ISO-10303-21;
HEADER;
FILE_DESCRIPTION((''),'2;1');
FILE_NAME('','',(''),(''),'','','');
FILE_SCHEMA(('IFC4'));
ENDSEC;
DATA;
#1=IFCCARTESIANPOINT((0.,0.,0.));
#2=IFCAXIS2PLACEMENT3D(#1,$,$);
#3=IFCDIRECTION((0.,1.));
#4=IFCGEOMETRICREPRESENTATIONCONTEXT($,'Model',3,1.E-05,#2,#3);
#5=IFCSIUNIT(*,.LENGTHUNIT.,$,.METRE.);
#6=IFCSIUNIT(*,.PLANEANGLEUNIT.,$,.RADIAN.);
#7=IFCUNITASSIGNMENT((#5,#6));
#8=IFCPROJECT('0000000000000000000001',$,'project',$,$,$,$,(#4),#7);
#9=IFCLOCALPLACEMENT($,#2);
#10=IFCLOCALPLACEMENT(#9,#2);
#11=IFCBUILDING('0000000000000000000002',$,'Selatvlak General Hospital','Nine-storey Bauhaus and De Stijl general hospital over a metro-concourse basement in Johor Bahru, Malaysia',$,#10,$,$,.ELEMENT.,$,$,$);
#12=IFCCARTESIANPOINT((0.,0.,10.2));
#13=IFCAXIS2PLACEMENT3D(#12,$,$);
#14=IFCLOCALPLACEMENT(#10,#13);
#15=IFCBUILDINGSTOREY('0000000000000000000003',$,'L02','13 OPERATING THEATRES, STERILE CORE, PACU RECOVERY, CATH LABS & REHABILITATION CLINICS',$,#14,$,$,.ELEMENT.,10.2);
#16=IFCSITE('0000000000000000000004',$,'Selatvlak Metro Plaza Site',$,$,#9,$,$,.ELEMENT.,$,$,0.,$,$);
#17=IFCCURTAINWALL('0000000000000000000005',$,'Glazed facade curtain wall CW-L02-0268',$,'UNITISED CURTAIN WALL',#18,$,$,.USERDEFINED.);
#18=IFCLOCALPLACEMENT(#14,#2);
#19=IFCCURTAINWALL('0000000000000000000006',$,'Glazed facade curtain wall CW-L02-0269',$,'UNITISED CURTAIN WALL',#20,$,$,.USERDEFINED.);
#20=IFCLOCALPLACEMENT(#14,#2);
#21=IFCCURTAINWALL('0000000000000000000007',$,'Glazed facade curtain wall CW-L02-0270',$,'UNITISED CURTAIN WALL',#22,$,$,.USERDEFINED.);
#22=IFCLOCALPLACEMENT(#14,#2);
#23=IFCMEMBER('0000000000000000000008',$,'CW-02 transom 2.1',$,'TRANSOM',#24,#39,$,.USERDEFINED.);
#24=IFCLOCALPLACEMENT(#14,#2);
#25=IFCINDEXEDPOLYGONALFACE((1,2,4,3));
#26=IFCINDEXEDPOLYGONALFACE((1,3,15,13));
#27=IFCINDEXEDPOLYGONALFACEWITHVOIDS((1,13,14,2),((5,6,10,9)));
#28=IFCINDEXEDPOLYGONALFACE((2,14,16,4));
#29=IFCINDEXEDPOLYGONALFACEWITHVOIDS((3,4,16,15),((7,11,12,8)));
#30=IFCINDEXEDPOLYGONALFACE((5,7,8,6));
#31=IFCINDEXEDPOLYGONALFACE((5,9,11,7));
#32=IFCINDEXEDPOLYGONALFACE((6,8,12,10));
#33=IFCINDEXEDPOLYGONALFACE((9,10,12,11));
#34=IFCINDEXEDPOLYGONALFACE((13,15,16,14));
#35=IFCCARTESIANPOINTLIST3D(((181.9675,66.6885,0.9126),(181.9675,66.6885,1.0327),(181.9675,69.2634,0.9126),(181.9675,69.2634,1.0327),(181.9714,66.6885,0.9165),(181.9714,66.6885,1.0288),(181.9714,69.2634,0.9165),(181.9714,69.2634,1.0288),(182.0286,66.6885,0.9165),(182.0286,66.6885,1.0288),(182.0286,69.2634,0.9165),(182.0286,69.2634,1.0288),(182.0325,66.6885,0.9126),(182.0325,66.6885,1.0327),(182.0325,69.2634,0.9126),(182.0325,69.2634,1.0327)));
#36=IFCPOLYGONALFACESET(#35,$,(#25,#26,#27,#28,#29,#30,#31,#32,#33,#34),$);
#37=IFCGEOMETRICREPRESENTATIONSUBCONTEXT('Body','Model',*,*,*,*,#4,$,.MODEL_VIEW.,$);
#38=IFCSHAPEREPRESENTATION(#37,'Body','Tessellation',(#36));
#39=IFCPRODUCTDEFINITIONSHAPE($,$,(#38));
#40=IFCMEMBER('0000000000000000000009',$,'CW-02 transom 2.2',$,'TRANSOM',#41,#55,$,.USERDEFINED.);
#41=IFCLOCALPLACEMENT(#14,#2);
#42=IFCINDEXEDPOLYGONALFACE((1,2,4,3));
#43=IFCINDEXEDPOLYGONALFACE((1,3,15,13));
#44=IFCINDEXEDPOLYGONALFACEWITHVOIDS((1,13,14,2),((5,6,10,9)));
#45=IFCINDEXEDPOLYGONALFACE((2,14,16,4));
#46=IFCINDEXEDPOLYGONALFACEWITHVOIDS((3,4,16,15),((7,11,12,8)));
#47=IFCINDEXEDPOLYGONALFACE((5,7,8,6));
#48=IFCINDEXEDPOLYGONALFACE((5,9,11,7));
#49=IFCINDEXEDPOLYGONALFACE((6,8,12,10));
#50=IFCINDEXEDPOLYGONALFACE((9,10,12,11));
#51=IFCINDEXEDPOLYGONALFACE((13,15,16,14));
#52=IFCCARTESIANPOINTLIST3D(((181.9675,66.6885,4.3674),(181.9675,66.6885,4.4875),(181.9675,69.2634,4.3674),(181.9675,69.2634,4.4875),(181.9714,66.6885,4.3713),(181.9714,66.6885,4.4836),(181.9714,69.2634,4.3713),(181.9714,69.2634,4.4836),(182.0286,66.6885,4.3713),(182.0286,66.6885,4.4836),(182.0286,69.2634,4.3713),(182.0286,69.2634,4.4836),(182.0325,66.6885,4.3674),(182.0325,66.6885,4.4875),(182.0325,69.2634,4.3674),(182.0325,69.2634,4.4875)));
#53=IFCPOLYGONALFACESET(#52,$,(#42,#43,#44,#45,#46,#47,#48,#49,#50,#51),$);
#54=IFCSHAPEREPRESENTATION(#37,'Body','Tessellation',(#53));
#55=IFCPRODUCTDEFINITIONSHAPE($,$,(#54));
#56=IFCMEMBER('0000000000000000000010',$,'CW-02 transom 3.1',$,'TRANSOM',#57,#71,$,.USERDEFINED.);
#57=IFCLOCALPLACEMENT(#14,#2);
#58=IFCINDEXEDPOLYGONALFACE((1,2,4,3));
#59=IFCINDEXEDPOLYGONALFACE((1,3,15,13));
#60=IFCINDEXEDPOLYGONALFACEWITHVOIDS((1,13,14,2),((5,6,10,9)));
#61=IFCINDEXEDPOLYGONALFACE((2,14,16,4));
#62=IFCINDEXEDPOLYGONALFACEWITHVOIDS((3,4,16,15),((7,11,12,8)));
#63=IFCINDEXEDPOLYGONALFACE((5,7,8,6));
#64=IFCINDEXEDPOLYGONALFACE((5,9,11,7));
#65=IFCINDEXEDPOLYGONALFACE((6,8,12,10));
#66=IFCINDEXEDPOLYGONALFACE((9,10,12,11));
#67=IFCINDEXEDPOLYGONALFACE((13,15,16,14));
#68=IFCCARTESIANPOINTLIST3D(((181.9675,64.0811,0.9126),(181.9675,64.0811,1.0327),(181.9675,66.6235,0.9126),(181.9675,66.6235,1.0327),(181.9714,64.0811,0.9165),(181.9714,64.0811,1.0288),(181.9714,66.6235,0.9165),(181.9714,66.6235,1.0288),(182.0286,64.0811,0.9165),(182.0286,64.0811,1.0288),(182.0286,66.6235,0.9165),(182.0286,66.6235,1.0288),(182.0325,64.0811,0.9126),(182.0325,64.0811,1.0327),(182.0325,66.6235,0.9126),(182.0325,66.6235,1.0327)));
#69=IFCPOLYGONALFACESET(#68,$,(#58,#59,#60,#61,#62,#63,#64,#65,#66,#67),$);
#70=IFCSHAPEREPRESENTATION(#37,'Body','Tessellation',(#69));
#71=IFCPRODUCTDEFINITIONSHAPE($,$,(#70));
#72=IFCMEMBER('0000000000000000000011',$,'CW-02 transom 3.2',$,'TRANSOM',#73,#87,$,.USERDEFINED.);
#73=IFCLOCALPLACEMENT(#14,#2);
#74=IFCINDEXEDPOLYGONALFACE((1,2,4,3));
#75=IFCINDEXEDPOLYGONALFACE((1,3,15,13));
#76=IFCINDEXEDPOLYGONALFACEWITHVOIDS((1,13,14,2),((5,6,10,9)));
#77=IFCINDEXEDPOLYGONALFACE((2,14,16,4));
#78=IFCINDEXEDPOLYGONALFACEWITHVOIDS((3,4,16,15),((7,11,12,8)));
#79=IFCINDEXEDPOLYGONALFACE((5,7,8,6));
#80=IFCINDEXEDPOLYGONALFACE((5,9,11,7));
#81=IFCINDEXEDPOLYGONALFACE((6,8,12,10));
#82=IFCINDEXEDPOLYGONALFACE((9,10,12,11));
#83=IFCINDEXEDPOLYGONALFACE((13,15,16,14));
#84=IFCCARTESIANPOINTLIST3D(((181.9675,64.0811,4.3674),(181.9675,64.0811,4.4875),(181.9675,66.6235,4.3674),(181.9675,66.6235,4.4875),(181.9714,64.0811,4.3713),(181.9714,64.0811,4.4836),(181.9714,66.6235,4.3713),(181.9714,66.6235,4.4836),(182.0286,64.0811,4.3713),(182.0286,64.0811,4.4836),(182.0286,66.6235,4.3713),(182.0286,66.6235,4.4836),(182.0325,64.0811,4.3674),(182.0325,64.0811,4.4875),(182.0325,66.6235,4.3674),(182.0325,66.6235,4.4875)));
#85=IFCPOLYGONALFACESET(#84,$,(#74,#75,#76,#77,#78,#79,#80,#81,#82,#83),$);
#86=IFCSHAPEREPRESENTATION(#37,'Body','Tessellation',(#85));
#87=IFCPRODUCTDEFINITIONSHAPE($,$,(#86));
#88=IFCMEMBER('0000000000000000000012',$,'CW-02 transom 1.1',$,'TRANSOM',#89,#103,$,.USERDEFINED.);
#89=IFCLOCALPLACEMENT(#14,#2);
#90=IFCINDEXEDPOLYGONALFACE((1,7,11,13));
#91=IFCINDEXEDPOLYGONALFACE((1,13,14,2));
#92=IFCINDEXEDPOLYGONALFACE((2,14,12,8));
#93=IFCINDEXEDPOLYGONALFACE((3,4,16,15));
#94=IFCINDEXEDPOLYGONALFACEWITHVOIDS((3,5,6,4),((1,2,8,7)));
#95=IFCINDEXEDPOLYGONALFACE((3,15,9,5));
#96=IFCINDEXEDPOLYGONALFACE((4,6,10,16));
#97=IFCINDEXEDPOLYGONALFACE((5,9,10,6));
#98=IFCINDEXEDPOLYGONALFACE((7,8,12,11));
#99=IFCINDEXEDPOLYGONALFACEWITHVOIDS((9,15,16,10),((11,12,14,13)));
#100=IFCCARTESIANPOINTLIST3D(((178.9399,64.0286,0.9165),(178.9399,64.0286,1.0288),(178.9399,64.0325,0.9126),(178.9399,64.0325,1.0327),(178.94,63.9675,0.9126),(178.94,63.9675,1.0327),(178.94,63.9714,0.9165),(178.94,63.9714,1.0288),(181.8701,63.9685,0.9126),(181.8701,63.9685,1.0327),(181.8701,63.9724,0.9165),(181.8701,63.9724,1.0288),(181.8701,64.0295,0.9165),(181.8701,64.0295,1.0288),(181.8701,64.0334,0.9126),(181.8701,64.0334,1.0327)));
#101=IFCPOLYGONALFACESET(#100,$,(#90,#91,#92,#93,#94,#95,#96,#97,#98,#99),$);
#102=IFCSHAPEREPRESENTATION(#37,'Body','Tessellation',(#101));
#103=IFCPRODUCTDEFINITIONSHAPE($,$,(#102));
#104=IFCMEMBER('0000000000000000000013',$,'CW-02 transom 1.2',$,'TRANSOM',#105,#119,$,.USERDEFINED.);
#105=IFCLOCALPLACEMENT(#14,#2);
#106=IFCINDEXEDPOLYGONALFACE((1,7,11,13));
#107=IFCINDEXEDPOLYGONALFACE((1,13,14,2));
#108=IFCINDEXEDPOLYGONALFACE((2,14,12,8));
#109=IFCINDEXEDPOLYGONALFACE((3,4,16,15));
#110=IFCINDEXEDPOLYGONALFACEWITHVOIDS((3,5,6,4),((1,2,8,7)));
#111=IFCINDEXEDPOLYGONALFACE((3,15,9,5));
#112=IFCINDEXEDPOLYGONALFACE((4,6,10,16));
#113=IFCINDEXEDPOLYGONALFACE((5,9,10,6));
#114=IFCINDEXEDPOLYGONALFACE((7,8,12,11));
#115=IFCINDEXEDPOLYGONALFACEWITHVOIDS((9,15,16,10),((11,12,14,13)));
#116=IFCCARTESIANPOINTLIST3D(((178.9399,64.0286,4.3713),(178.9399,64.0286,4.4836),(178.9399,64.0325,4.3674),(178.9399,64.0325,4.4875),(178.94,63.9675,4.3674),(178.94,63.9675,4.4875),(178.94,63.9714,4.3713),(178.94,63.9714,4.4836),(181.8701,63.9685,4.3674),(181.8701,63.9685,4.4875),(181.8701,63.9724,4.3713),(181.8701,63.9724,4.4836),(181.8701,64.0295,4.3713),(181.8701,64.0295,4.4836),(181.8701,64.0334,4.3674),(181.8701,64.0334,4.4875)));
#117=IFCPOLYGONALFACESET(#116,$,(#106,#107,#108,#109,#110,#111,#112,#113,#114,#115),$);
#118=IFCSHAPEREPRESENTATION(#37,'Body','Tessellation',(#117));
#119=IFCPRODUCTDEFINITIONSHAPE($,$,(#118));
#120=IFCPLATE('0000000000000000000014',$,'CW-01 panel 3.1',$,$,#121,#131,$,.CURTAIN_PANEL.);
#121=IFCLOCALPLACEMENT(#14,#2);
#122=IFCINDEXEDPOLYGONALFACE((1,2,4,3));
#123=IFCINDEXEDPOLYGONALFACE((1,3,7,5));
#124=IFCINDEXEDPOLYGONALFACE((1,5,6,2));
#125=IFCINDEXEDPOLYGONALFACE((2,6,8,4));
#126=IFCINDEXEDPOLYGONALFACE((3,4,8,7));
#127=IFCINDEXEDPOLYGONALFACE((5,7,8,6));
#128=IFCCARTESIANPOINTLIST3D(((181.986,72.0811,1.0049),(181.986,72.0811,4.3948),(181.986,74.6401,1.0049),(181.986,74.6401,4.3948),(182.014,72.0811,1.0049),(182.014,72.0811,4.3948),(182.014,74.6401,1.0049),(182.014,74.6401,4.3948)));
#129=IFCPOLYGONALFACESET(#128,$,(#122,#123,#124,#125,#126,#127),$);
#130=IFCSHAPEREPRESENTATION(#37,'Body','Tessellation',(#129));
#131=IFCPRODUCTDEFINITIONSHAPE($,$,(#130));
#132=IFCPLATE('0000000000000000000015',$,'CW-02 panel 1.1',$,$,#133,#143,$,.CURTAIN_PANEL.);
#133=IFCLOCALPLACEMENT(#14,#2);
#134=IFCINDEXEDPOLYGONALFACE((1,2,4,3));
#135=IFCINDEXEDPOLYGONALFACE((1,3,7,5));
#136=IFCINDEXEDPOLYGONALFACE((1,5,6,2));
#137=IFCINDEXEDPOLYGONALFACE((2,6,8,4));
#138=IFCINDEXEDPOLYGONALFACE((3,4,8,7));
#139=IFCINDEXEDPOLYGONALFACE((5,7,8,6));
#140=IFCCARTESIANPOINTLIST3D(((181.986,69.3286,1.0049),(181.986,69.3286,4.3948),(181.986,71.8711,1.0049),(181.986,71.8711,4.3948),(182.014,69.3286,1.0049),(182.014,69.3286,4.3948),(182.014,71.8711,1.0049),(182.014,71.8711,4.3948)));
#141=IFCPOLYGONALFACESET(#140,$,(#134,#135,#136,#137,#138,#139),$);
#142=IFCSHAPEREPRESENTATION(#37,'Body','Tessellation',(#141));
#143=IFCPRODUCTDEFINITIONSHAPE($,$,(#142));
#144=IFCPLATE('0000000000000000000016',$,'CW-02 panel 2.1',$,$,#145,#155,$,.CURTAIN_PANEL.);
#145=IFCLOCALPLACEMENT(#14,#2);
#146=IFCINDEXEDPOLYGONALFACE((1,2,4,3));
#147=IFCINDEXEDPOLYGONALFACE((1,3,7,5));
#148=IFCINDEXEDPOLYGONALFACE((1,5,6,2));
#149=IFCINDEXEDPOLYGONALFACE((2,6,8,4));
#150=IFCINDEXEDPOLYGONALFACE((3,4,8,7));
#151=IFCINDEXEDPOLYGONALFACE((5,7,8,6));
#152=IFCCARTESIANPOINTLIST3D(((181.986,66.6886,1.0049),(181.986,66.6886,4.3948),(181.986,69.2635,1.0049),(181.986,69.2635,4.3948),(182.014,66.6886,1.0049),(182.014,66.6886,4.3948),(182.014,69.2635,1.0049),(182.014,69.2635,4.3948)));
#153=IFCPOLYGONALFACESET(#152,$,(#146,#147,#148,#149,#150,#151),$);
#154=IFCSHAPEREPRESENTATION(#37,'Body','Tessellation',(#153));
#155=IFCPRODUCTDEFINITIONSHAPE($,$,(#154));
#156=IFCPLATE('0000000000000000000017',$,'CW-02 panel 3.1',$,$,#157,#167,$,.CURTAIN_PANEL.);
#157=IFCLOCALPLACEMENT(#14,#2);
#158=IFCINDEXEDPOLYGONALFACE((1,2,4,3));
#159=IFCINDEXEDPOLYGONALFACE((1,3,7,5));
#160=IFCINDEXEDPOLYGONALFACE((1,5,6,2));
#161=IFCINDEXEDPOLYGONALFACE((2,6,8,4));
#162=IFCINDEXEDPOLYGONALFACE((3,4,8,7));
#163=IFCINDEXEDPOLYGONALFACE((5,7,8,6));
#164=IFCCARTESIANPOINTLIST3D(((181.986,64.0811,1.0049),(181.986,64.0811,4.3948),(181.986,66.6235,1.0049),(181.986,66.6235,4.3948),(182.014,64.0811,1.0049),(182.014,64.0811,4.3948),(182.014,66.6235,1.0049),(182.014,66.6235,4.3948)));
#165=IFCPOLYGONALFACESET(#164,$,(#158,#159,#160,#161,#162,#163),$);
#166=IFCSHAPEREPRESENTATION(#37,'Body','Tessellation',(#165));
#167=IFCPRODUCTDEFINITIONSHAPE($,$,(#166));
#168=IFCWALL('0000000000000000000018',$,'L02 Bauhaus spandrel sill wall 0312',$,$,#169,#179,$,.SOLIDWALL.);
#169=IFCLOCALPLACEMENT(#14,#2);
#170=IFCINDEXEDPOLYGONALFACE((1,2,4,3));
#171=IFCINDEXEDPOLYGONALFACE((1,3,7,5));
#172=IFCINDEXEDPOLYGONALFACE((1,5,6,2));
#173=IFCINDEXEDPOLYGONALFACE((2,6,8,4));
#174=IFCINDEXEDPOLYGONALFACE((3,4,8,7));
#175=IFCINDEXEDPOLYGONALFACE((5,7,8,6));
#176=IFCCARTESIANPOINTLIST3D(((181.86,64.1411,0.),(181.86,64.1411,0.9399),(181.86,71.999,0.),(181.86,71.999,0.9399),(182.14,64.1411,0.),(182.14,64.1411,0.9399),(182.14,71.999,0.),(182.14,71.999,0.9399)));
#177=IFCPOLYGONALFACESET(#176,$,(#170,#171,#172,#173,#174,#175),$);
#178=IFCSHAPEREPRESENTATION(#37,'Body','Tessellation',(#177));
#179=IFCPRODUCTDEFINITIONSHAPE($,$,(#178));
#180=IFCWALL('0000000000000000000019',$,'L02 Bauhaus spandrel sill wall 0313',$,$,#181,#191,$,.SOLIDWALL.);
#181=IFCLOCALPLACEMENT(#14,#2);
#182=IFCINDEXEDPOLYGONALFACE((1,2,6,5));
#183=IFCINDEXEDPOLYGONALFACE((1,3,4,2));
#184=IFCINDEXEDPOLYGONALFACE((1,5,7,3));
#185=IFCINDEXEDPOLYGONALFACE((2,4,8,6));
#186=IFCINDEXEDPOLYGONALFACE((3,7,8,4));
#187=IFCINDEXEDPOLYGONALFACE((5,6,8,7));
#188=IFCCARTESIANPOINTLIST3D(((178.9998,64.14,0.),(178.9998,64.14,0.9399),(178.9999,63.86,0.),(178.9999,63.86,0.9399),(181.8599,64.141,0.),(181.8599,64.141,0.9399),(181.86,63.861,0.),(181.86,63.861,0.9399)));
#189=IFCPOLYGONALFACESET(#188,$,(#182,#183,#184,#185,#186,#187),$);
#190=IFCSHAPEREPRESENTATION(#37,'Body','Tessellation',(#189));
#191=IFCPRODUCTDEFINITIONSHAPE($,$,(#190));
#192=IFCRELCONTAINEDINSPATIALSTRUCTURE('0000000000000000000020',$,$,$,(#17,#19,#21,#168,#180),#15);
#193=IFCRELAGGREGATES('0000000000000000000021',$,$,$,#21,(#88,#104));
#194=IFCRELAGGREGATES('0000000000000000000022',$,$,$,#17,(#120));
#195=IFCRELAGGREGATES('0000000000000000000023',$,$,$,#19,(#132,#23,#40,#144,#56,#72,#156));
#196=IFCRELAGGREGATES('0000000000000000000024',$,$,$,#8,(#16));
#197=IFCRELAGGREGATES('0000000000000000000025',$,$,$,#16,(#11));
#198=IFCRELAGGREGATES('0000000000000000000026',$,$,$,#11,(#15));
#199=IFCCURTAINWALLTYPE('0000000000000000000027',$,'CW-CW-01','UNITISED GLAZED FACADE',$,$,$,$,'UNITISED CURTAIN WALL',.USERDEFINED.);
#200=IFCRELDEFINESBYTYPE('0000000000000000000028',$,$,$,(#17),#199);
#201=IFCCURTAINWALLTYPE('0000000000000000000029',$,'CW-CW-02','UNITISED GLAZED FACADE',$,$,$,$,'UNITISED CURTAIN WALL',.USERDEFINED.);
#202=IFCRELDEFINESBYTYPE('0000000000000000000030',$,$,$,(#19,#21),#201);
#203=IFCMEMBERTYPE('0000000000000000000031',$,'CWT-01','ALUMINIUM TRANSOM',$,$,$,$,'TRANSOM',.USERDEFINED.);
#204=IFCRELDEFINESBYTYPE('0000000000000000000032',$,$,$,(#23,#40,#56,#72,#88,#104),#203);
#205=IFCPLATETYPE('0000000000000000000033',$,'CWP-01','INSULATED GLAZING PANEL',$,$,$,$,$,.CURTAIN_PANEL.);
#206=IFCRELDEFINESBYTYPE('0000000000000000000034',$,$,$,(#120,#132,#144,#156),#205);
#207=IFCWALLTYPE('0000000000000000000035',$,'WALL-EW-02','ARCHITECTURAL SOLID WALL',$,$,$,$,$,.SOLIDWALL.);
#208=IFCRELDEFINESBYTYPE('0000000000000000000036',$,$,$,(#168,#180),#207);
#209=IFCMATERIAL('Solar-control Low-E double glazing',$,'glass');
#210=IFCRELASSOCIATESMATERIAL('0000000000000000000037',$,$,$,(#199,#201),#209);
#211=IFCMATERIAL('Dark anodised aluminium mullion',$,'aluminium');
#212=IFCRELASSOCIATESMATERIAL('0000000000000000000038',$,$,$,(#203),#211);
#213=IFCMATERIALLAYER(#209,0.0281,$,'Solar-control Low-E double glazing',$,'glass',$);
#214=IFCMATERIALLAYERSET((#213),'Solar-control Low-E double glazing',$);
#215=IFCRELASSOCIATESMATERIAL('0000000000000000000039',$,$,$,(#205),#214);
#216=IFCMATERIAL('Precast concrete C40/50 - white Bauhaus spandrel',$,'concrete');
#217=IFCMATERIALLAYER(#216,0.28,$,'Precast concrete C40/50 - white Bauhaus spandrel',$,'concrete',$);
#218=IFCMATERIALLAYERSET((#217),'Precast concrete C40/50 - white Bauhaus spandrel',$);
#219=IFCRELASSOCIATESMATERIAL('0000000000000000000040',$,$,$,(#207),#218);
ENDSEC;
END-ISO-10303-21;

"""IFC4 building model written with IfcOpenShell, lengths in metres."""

from ifc_helpers import new_model, si_unit, direction, frame, frame_2d, origin, origin_2d, place, context, subcontext, project, spatial, rectangle, hollow_rectangle, extrude, material, layer, layer_set, material_profile, profile_set, type_object, element, aggregate, save


model = new_model("IFC4")

# Units and contexts
model_context = context("Model", 3, precision=1e-05, world=origin(), true_north=direction((0.0, 1.0)))
body_context = subcontext(model_context, "Body", "Model", "MODEL_VIEW")
ifc_project = project(units=[si_unit("LENGTHUNIT", "METRE"), si_unit("PLANEANGLEUNIT", "RADIAN")], contexts=[model_context])

# Site, building, storey
site_placement = place(None, origin())
site = spatial("IfcSite", under=ifc_project, at=site_placement, Name="Selatvlak Metro Plaza Site", CompositionType="ELEMENT", RefElevation=0.0)
building_placement = place(site_placement, origin())
building = spatial("IfcBuilding", under=site, at=building_placement, Name="Selatvlak General Hospital", Description="Nine-storey Bauhaus and De Stijl general hospital over a metro-concourse basement in Johor Bahru, Malaysia", CompositionType="ELEMENT")
storey_placement = place(building_placement, frame((0.0, 0.0, 10.2)))
storey = spatial("IfcBuildingStorey", under=building, at=storey_placement, Name="L02", Description="13 OPERATING THEATRES, STERILE CORE, PACU RECOVERY, CATH LABS & REHABILITATION CLINICS", CompositionType="ELEMENT", Elevation=10.2)

# Curtain walls
ifc_material_1 = material(Name="Solar-control Low-E double glazing", Category="glass")
curtain_wall_type_1 = type_object("IfcCurtainWallType", Name="CW-CW-01", Description="UNITISED GLAZED FACADE", ElementType="UNITISED CURTAIN WALL", PredefinedType="USERDEFINED", material=ifc_material_1)
curtain_wall_1_placement = place(storey_placement, origin())
curtain_wall_1 = element("IfcCurtainWall", 1, at=curtain_wall_1_placement, inside=storey, type_object=curtain_wall_type_1, Name="Glazed facade curtain wall CW-L02-0268", ObjectType="UNITISED CURTAIN WALL", PredefinedType="USERDEFINED")
ifc_material_2 = material(Name="Dark anodised aluminium mullion", Category="aluminium")
curtain_wall_type_2 = type_object("IfcCurtainWallType", Name="CW-CW-02", Description="UNITISED GLAZED FACADE", ElementType="UNITISED CURTAIN WALL", PredefinedType="USERDEFINED", material=ifc_material_1)
curtain_wall_2_placement = place(storey_placement, origin())
curtain_wall_2 = element("IfcCurtainWall", 2, at=curtain_wall_2_placement, inside=storey, type_object=curtain_wall_type_2, Name="Glazed facade curtain wall CW-L02-0269", ObjectType="UNITISED CURTAIN WALL", PredefinedType="USERDEFINED")

# Curtain wall
curtain_wall_3_placement = place(storey_placement, origin())
curtain_wall_3 = element("IfcCurtainWall", 3, at=curtain_wall_3_placement, inside=storey, type_object=curtain_wall_type_2, Name="Glazed facade curtain wall CW-L02-0270", ObjectType="UNITISED CURTAIN WALL", PredefinedType="USERDEFINED")

# Members
ifc_material_profile_1 = material_profile(ifc_material_2, hollow_rectangle(XDim=0.0649, YDim=0.1201, WallThickness=0.0039, at=origin_2d()), Name="AL-TRN 65x120x4")
ifc_profile_set_1 = profile_set([ifc_material_profile_1], Name="Dark anodised aluminium mullion")
member_type_1 = type_object("IfcMemberType", Name="CWT-01", Description="ALUMINIUM TRANSOM", ElementType="TRANSOM", PredefinedType="USERDEFINED", material=ifc_profile_set_1)
member_1_placement = place(storey_placement, frame((182.0, 69.2634, 0.9727), z_axis=(0.0, -1.0, 0.0), x_axis=(1.0, 0.0, 0.0)))
member_1 = element("IfcMember", 4, at=member_1_placement, type_object=member_type_1, Name="CW-02 transom 2.1", ObjectType="TRANSOM", PredefinedType="USERDEFINED", context=body_context, shape_type="SweptSolid", body=[
    extrude(hollow_rectangle(XDim=0.0649, YDim=0.1201, WallThickness=0.0039, at=origin_2d()), origin(), (0.0, 0.0, 1.0), 2.575),
])
member_2_placement = place(storey_placement, frame((182.0, 69.2634, 4.4275), z_axis=(0.0, -1.0, 0.0), x_axis=(1.0, 0.0, 0.0)))
member_2 = element("IfcMember", 5, at=member_2_placement, type_object=member_type_1, Name="CW-02 transom 2.2", ObjectType="TRANSOM", PredefinedType="USERDEFINED", context=body_context, shape_type="SweptSolid", body=[
    extrude(hollow_rectangle(XDim=0.0649, YDim=0.1201, WallThickness=0.0039, at=origin_2d()), origin(), (0.0, 0.0, 1.0), 2.575),
])
member_3_placement = place(storey_placement, frame((182.0, 66.6235, 0.9727), z_axis=(0.0, -1.0, 0.0), x_axis=(1.0, 0.0, 0.0)))
member_3 = element("IfcMember", 6, at=member_3_placement, type_object=member_type_1, Name="CW-02 transom 3.1", ObjectType="TRANSOM", PredefinedType="USERDEFINED", context=body_context, shape_type="SweptSolid", body=[
    extrude(hollow_rectangle(XDim=0.0649, YDim=0.1201, WallThickness=0.0039, at=origin_2d()), origin(), (0.0, 0.0, 1.0), 2.5425),
])
member_4_placement = place(storey_placement, frame((182.0, 66.6235, 4.4275), z_axis=(0.0, -1.0, 0.0), x_axis=(1.0, 0.0, 0.0)))
member_4 = element("IfcMember", 7, at=member_4_placement, type_object=member_type_1, Name="CW-02 transom 3.2", ObjectType="TRANSOM", PredefinedType="USERDEFINED", context=body_context, shape_type="SweptSolid", body=[
    extrude(hollow_rectangle(XDim=0.0649, YDim=0.1201, WallThickness=0.0039, at=origin_2d()), origin(), (0.0, 0.0, 1.0), 2.5425),
])
member_5_placement = place(storey_placement, frame((181.8701, 64.001, 0.9727), z_axis=(-1.0, -0.000333, 0.0), x_axis=(0.000333, -1.0, 0.0)))
member_5 = element("IfcMember", 8, at=member_5_placement, type_object=member_type_1, Name="CW-02 transom 1.1", ObjectType="TRANSOM", PredefinedType="USERDEFINED", context=body_context, shape_type="SweptSolid", body=[
    extrude(hollow_rectangle(XDim=0.0649, YDim=0.1201, WallThickness=0.0039, at=origin_2d()), origin(), (0.0, 0.0, 1.0), 2.9302),
])
member_6_placement = place(storey_placement, frame((181.8701, 64.001, 4.4275), z_axis=(-1.0, -0.000333, 0.0), x_axis=(0.000333, -1.0, 0.0)))
member_6 = element("IfcMember", 9, at=member_6_placement, type_object=member_type_1, Name="CW-02 transom 1.2", ObjectType="TRANSOM", PredefinedType="USERDEFINED", context=body_context, shape_type="SweptSolid", body=[
    extrude(hollow_rectangle(XDim=0.0649, YDim=0.1201, WallThickness=0.0039, at=origin_2d()), origin(), (0.0, 0.0, 1.0), 2.9302),
])
aggregate(curtain_wall_3, [member_5, member_6])

# Plates
ifc_layer_1 = layer(ifc_material_1, 0.0281, Name="Solar-control Low-E double glazing", Category="glass")
ifc_layer_set_1 = layer_set([ifc_layer_1], Name="Solar-control Low-E double glazing")
plate_type = type_object("IfcPlateType", Name="CWP-01", Description="INSULATED GLAZING PANEL", PredefinedType="CURTAIN_PANEL", material=ifc_layer_set_1)
plate_1_placement = place(storey_placement, frame((182.0, 73.3606, 1.0049), z_axis=(0.0, 0.0, 1.0), x_axis=(0.0, -1.0, 0.0)))
plate_1 = element("IfcPlate", 10, at=plate_1_placement, type_object=plate_type, Name="CW-01 panel 3.1", PredefinedType="CURTAIN_PANEL", context=body_context, shape_type="SweptSolid", body=[
    extrude(rectangle(XDim=2.5591, YDim=0.0281, at=origin_2d()), origin(), (0.0, 0.0, 1.0), 3.3899),
])
aggregate(curtain_wall_1, [plate_1])
plate_2_placement = place(storey_placement, frame((182.0, 70.5999, 1.0049), z_axis=(0.0, 0.0, 1.0), x_axis=(0.0, -1.0, 0.0)))
plate_2 = element("IfcPlate", 11, at=plate_2_placement, type_object=plate_type, Name="CW-02 panel 1.1", PredefinedType="CURTAIN_PANEL", context=body_context, shape_type="SweptSolid", body=[
    extrude(rectangle(XDim=2.5425, YDim=0.0281, at=origin_2d()), origin(), (0.0, 0.0, 1.0), 3.3899),
])
plate_3_placement = place(storey_placement, frame((182.0, 67.9761, 1.0049), z_axis=(0.0, 0.0, 1.0), x_axis=(0.0, -1.0, 0.0)))
plate_3 = element("IfcPlate", 12, at=plate_3_placement, type_object=plate_type, Name="CW-02 panel 2.1", PredefinedType="CURTAIN_PANEL", context=body_context, shape_type="SweptSolid", body=[
    extrude(rectangle(XDim=2.575, YDim=0.0281, at=origin_2d()), origin(), (0.0, 0.0, 1.0), 3.3899),
])
plate_4_placement = place(storey_placement, frame((182.0, 65.3523, 1.0049), z_axis=(0.0, 0.0, 1.0), x_axis=(0.0, -1.0, 0.0)))
plate_4 = element("IfcPlate", 13, at=plate_4_placement, type_object=plate_type, Name="CW-02 panel 3.1", PredefinedType="CURTAIN_PANEL", context=body_context, shape_type="SweptSolid", body=[
    extrude(rectangle(XDim=2.5425, YDim=0.0281, at=origin_2d()), origin(), (0.0, 0.0, 1.0), 3.3899),
])
aggregate(curtain_wall_2, [plate_2, member_1, member_2, plate_3, member_3, member_4, plate_4])

# Walls
ifc_material_3 = material(Name="Precast concrete C40/50 - white Bauhaus spandrel", Category="concrete")
ifc_layer_2 = layer(ifc_material_3, 0.28, Name="Precast concrete C40/50 - white Bauhaus spandrel", Category="concrete")
ifc_layer_set_2 = layer_set([ifc_layer_2], Name="Precast concrete C40/50 - white Bauhaus spandrel")
wall_type = type_object("IfcWallType", Name="WALL-EW-02", Description="ARCHITECTURAL SOLID WALL", PredefinedType="SOLIDWALL", material=ifc_layer_set_2)
wall_1_placement = place(storey_placement, frame((182.0, 71.999, 0.0), z_axis=(0.0, 0.0, 1.0), x_axis=(0.0, -1.0, 0.0)))
element("IfcWall", 14, at=wall_1_placement, inside=storey, type_object=wall_type, Name="L02 Bauhaus spandrel sill wall 0312", PredefinedType="SOLIDWALL", context=body_context, shape_type="SweptSolid", body=[
    extrude(rectangle(XDim=7.8579, YDim=0.28, at=frame_2d((3.929, 0.0))), origin(), (0.0, 0.0, 1.0), 0.9399),
])
wall_2_placement = place(storey_placement, frame((181.8601, 64.001, 0.0), z_axis=(0.0, 0.0, 1.0), x_axis=(-1.0, -0.000341, 0.0)))
element("IfcWall", 15, at=wall_2_placement, inside=storey, type_object=wall_type, Name="L02 Bauhaus spandrel sill wall 0313", PredefinedType="SOLIDWALL", context=body_context, shape_type="SweptSolid", body=[
    extrude(rectangle(XDim=2.8601, YDim=0.28, at=frame_2d((1.4302, 0.0))), origin(), (0.0, 0.0, 1.0), 0.9399),
])

save(model, "model.ifc")
